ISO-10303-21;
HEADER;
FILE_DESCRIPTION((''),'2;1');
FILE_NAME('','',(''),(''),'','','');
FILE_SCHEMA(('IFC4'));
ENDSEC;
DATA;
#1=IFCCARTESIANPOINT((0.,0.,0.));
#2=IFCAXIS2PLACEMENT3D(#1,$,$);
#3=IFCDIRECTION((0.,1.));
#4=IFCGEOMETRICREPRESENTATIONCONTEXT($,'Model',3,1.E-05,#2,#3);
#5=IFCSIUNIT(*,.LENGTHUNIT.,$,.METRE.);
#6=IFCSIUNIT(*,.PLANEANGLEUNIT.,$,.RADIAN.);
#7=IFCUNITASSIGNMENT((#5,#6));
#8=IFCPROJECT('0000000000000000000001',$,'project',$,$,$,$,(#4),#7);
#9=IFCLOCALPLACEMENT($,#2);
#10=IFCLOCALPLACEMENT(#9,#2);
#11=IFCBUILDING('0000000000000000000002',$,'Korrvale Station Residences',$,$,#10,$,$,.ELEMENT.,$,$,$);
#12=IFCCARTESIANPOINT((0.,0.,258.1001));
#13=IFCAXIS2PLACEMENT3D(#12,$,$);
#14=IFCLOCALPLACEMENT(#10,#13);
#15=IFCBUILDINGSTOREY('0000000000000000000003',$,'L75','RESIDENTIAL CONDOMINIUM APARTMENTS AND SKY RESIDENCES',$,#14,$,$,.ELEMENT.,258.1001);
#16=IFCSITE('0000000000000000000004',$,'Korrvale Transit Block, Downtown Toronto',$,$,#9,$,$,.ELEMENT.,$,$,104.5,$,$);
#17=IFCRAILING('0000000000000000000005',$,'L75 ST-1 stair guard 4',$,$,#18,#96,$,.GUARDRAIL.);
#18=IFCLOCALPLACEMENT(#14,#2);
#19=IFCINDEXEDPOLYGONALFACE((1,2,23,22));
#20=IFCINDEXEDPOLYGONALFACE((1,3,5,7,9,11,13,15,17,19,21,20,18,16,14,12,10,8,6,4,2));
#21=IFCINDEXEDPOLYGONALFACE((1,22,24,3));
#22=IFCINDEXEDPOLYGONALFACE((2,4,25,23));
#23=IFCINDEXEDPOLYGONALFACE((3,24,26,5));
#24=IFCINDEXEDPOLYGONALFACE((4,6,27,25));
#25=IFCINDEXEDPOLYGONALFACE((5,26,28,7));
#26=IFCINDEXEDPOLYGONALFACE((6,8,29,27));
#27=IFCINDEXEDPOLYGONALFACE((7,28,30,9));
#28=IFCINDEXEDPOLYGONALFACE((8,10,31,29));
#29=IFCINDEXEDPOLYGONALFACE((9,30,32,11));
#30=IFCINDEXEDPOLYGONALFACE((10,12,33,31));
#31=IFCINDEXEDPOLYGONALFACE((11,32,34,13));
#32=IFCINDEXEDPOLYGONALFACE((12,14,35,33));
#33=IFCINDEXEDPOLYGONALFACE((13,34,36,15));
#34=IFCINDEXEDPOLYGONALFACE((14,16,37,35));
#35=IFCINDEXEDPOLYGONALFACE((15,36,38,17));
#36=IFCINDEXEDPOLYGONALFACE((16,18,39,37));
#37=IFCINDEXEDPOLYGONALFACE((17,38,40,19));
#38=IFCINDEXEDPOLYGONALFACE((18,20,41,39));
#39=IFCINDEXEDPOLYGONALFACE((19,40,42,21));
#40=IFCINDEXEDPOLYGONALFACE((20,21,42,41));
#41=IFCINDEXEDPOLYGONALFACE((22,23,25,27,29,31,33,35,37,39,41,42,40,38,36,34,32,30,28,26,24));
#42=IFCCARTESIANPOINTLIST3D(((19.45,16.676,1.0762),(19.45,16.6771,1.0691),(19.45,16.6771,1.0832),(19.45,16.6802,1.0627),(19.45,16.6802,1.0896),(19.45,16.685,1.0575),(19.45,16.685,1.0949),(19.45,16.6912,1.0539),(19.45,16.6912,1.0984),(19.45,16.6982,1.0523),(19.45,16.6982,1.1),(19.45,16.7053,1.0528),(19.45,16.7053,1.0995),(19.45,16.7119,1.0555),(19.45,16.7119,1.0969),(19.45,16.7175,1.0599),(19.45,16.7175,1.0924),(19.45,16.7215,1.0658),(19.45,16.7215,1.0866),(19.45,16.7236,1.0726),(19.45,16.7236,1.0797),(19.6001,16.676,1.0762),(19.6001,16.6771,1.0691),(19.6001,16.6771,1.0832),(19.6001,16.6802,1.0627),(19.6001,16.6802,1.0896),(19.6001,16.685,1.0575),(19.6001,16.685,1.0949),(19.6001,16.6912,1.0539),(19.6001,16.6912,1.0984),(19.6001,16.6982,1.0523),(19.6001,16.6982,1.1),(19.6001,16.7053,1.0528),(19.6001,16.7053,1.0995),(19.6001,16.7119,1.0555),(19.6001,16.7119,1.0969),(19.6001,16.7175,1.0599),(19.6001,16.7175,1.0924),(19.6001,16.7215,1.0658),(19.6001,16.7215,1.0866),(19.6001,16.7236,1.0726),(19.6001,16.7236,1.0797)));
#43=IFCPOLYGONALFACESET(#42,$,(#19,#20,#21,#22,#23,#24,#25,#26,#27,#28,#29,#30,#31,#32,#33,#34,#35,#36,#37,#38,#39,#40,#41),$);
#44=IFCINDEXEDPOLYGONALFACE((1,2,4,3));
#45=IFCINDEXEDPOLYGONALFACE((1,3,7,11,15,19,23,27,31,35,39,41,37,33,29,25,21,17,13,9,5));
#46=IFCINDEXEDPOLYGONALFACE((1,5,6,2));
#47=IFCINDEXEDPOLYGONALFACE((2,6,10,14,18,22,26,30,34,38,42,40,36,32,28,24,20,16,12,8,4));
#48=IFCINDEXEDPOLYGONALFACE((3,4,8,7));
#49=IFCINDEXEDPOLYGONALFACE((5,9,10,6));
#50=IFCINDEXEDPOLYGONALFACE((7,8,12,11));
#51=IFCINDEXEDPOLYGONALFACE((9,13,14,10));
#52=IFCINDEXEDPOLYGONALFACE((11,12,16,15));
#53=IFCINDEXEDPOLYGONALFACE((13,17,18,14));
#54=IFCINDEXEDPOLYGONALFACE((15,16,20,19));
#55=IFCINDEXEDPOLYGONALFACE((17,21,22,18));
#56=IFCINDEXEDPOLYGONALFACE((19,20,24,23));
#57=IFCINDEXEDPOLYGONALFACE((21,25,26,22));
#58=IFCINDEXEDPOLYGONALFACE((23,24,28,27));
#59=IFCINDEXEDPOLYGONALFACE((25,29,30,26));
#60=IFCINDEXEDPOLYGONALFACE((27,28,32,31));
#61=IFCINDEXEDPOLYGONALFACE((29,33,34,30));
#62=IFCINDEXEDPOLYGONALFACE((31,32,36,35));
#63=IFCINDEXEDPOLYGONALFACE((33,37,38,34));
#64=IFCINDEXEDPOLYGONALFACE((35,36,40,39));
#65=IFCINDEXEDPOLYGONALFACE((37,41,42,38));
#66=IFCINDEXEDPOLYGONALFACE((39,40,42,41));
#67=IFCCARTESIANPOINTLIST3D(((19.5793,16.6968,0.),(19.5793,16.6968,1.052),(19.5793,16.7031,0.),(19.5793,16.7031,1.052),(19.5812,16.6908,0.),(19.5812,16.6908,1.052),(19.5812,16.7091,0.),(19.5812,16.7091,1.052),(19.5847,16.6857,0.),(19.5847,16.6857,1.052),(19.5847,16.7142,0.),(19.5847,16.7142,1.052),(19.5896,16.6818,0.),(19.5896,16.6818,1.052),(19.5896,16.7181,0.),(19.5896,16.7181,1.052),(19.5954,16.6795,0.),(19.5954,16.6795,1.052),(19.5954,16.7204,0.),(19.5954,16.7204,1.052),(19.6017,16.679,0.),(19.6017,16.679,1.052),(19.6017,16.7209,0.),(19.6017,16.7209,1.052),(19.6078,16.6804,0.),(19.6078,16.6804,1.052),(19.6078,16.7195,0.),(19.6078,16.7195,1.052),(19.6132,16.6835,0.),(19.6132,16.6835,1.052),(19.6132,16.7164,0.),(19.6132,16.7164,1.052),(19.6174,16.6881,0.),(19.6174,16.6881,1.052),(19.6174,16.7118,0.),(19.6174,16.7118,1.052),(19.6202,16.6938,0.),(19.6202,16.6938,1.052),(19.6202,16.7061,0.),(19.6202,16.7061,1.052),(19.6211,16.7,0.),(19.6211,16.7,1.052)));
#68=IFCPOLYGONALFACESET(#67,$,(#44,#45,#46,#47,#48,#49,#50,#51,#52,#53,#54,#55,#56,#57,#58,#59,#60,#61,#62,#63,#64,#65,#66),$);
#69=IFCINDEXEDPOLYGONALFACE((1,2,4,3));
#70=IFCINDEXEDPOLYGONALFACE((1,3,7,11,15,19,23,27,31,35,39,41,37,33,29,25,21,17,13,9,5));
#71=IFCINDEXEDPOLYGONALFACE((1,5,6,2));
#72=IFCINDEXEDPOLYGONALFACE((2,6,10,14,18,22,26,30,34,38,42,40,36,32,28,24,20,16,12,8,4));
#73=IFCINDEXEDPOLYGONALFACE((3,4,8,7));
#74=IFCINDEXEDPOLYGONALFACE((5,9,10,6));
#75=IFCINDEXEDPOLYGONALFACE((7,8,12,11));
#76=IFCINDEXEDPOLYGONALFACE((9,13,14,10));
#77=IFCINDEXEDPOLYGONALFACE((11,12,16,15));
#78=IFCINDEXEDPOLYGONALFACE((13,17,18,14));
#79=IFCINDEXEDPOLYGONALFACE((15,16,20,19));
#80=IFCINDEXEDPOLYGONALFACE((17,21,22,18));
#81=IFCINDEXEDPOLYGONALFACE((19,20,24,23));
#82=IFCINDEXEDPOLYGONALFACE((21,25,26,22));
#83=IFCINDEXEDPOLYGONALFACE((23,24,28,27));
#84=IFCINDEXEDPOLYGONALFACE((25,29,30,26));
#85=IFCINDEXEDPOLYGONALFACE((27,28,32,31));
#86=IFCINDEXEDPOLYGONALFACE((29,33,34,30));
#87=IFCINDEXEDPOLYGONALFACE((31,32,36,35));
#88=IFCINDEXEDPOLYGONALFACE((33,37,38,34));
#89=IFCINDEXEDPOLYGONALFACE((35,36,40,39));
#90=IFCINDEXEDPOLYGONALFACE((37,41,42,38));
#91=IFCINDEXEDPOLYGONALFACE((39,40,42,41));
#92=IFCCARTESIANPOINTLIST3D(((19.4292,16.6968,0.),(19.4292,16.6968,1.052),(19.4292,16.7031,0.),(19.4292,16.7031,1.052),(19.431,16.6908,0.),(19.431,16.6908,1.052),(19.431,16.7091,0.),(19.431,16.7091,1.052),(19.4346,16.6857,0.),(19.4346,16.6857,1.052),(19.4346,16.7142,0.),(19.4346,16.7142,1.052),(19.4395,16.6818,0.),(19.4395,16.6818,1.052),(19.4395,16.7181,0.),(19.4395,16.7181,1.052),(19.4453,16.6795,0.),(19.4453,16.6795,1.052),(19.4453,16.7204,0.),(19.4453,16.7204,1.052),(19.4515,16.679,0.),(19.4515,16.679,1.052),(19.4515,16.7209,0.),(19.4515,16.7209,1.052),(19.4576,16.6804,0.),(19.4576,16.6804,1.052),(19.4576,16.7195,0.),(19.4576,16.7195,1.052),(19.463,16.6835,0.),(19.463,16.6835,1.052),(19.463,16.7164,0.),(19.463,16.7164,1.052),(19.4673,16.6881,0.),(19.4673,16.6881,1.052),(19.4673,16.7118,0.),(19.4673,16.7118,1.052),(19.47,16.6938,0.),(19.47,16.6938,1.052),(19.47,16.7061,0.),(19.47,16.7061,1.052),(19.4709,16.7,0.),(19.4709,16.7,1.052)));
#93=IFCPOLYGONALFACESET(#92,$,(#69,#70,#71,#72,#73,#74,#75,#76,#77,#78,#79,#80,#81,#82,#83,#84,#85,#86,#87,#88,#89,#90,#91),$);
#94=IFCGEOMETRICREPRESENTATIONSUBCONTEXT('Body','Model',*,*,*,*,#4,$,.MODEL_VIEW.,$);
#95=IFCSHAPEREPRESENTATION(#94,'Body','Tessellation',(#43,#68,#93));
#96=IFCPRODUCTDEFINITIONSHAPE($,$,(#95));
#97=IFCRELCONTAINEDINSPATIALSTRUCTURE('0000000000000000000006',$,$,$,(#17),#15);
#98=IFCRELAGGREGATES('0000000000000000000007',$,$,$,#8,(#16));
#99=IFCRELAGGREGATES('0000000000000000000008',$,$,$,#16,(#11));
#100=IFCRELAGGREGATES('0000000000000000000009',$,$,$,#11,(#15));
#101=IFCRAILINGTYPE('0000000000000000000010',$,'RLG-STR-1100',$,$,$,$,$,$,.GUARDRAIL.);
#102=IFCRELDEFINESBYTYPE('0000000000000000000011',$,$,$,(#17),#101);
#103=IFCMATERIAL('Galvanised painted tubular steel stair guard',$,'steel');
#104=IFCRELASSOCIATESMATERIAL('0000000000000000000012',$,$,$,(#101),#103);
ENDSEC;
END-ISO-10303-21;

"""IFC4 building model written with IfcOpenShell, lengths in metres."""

from ifc_helpers import new_model, si_unit, direction, frame, origin, origin_2d, place, context, subcontext, project, spatial, circle, extrude, material, type_object, element, save


model = new_model("IFC4")

# Units and contexts
model_context = context("Model", 3, precision=1e-05, world=origin(), true_north=direction((0.0, 1.0)))
body_context = subcontext(model_context, "Body", "Model", "MODEL_VIEW")
ifc_project = project(units=[si_unit("LENGTHUNIT", "METRE"), si_unit("PLANEANGLEUNIT", "RADIAN")], contexts=[model_context])

# Site, building, storey
site_placement = place(None, origin())
site = spatial("IfcSite", under=ifc_project, at=site_placement, Name="Korrvale Transit Block, Downtown Toronto", CompositionType="ELEMENT", RefElevation=104.5)
building_placement = place(site_placement, origin())
building = spatial("IfcBuilding", under=site, at=building_placement, Name="Korrvale Station Residences", CompositionType="ELEMENT")
storey_placement = place(building_placement, frame((0.0, 0.0, 258.1001)))
storey = spatial("IfcBuildingStorey", under=building, at=storey_placement, Name="L75", Description="RESIDENTIAL CONDOMINIUM APARTMENTS AND SKY RESIDENCES", CompositionType="ELEMENT", Elevation=258.1001)

# Railing
ifc_material_1 = material(Name="Galvanised painted tubular steel stair guard", Category="steel")
railing_type_1 = type_object("IfcRailingType", Name="RLG-STR-1100", PredefinedType="GUARDRAIL", material=ifc_material_1)
railing_1_placement = place(storey_placement, frame((19.6001, 16.7, 0.0)))
element("IfcRailing", 1, at=railing_1_placement, inside=storey, type_object=railing_type_1, Name="L75 ST-1 stair guard 4", PredefinedType="GUARDRAIL", context=body_context, shape_type="SweptSolid", body=[
    extrude(circle(Radius=0.0239, at=origin_2d()), frame((0.0, 0.0, 1.0762), z_axis=(-1.0, 0.0, 0.0), x_axis=(0.0, -1.0, 0.0)), (0.0, 0.0, 1.0), 0.1501),
    extrude(circle(Radius=0.021, at=origin_2d()), origin(), (0.0, 0.0, 1.0), 1.052),
    extrude(circle(Radius=0.021, at=origin_2d()), frame((-0.1501, 0.0, 0.0)), (0.0, 0.0, 1.0), 1.052),
])

save(model, "model.ifc")
